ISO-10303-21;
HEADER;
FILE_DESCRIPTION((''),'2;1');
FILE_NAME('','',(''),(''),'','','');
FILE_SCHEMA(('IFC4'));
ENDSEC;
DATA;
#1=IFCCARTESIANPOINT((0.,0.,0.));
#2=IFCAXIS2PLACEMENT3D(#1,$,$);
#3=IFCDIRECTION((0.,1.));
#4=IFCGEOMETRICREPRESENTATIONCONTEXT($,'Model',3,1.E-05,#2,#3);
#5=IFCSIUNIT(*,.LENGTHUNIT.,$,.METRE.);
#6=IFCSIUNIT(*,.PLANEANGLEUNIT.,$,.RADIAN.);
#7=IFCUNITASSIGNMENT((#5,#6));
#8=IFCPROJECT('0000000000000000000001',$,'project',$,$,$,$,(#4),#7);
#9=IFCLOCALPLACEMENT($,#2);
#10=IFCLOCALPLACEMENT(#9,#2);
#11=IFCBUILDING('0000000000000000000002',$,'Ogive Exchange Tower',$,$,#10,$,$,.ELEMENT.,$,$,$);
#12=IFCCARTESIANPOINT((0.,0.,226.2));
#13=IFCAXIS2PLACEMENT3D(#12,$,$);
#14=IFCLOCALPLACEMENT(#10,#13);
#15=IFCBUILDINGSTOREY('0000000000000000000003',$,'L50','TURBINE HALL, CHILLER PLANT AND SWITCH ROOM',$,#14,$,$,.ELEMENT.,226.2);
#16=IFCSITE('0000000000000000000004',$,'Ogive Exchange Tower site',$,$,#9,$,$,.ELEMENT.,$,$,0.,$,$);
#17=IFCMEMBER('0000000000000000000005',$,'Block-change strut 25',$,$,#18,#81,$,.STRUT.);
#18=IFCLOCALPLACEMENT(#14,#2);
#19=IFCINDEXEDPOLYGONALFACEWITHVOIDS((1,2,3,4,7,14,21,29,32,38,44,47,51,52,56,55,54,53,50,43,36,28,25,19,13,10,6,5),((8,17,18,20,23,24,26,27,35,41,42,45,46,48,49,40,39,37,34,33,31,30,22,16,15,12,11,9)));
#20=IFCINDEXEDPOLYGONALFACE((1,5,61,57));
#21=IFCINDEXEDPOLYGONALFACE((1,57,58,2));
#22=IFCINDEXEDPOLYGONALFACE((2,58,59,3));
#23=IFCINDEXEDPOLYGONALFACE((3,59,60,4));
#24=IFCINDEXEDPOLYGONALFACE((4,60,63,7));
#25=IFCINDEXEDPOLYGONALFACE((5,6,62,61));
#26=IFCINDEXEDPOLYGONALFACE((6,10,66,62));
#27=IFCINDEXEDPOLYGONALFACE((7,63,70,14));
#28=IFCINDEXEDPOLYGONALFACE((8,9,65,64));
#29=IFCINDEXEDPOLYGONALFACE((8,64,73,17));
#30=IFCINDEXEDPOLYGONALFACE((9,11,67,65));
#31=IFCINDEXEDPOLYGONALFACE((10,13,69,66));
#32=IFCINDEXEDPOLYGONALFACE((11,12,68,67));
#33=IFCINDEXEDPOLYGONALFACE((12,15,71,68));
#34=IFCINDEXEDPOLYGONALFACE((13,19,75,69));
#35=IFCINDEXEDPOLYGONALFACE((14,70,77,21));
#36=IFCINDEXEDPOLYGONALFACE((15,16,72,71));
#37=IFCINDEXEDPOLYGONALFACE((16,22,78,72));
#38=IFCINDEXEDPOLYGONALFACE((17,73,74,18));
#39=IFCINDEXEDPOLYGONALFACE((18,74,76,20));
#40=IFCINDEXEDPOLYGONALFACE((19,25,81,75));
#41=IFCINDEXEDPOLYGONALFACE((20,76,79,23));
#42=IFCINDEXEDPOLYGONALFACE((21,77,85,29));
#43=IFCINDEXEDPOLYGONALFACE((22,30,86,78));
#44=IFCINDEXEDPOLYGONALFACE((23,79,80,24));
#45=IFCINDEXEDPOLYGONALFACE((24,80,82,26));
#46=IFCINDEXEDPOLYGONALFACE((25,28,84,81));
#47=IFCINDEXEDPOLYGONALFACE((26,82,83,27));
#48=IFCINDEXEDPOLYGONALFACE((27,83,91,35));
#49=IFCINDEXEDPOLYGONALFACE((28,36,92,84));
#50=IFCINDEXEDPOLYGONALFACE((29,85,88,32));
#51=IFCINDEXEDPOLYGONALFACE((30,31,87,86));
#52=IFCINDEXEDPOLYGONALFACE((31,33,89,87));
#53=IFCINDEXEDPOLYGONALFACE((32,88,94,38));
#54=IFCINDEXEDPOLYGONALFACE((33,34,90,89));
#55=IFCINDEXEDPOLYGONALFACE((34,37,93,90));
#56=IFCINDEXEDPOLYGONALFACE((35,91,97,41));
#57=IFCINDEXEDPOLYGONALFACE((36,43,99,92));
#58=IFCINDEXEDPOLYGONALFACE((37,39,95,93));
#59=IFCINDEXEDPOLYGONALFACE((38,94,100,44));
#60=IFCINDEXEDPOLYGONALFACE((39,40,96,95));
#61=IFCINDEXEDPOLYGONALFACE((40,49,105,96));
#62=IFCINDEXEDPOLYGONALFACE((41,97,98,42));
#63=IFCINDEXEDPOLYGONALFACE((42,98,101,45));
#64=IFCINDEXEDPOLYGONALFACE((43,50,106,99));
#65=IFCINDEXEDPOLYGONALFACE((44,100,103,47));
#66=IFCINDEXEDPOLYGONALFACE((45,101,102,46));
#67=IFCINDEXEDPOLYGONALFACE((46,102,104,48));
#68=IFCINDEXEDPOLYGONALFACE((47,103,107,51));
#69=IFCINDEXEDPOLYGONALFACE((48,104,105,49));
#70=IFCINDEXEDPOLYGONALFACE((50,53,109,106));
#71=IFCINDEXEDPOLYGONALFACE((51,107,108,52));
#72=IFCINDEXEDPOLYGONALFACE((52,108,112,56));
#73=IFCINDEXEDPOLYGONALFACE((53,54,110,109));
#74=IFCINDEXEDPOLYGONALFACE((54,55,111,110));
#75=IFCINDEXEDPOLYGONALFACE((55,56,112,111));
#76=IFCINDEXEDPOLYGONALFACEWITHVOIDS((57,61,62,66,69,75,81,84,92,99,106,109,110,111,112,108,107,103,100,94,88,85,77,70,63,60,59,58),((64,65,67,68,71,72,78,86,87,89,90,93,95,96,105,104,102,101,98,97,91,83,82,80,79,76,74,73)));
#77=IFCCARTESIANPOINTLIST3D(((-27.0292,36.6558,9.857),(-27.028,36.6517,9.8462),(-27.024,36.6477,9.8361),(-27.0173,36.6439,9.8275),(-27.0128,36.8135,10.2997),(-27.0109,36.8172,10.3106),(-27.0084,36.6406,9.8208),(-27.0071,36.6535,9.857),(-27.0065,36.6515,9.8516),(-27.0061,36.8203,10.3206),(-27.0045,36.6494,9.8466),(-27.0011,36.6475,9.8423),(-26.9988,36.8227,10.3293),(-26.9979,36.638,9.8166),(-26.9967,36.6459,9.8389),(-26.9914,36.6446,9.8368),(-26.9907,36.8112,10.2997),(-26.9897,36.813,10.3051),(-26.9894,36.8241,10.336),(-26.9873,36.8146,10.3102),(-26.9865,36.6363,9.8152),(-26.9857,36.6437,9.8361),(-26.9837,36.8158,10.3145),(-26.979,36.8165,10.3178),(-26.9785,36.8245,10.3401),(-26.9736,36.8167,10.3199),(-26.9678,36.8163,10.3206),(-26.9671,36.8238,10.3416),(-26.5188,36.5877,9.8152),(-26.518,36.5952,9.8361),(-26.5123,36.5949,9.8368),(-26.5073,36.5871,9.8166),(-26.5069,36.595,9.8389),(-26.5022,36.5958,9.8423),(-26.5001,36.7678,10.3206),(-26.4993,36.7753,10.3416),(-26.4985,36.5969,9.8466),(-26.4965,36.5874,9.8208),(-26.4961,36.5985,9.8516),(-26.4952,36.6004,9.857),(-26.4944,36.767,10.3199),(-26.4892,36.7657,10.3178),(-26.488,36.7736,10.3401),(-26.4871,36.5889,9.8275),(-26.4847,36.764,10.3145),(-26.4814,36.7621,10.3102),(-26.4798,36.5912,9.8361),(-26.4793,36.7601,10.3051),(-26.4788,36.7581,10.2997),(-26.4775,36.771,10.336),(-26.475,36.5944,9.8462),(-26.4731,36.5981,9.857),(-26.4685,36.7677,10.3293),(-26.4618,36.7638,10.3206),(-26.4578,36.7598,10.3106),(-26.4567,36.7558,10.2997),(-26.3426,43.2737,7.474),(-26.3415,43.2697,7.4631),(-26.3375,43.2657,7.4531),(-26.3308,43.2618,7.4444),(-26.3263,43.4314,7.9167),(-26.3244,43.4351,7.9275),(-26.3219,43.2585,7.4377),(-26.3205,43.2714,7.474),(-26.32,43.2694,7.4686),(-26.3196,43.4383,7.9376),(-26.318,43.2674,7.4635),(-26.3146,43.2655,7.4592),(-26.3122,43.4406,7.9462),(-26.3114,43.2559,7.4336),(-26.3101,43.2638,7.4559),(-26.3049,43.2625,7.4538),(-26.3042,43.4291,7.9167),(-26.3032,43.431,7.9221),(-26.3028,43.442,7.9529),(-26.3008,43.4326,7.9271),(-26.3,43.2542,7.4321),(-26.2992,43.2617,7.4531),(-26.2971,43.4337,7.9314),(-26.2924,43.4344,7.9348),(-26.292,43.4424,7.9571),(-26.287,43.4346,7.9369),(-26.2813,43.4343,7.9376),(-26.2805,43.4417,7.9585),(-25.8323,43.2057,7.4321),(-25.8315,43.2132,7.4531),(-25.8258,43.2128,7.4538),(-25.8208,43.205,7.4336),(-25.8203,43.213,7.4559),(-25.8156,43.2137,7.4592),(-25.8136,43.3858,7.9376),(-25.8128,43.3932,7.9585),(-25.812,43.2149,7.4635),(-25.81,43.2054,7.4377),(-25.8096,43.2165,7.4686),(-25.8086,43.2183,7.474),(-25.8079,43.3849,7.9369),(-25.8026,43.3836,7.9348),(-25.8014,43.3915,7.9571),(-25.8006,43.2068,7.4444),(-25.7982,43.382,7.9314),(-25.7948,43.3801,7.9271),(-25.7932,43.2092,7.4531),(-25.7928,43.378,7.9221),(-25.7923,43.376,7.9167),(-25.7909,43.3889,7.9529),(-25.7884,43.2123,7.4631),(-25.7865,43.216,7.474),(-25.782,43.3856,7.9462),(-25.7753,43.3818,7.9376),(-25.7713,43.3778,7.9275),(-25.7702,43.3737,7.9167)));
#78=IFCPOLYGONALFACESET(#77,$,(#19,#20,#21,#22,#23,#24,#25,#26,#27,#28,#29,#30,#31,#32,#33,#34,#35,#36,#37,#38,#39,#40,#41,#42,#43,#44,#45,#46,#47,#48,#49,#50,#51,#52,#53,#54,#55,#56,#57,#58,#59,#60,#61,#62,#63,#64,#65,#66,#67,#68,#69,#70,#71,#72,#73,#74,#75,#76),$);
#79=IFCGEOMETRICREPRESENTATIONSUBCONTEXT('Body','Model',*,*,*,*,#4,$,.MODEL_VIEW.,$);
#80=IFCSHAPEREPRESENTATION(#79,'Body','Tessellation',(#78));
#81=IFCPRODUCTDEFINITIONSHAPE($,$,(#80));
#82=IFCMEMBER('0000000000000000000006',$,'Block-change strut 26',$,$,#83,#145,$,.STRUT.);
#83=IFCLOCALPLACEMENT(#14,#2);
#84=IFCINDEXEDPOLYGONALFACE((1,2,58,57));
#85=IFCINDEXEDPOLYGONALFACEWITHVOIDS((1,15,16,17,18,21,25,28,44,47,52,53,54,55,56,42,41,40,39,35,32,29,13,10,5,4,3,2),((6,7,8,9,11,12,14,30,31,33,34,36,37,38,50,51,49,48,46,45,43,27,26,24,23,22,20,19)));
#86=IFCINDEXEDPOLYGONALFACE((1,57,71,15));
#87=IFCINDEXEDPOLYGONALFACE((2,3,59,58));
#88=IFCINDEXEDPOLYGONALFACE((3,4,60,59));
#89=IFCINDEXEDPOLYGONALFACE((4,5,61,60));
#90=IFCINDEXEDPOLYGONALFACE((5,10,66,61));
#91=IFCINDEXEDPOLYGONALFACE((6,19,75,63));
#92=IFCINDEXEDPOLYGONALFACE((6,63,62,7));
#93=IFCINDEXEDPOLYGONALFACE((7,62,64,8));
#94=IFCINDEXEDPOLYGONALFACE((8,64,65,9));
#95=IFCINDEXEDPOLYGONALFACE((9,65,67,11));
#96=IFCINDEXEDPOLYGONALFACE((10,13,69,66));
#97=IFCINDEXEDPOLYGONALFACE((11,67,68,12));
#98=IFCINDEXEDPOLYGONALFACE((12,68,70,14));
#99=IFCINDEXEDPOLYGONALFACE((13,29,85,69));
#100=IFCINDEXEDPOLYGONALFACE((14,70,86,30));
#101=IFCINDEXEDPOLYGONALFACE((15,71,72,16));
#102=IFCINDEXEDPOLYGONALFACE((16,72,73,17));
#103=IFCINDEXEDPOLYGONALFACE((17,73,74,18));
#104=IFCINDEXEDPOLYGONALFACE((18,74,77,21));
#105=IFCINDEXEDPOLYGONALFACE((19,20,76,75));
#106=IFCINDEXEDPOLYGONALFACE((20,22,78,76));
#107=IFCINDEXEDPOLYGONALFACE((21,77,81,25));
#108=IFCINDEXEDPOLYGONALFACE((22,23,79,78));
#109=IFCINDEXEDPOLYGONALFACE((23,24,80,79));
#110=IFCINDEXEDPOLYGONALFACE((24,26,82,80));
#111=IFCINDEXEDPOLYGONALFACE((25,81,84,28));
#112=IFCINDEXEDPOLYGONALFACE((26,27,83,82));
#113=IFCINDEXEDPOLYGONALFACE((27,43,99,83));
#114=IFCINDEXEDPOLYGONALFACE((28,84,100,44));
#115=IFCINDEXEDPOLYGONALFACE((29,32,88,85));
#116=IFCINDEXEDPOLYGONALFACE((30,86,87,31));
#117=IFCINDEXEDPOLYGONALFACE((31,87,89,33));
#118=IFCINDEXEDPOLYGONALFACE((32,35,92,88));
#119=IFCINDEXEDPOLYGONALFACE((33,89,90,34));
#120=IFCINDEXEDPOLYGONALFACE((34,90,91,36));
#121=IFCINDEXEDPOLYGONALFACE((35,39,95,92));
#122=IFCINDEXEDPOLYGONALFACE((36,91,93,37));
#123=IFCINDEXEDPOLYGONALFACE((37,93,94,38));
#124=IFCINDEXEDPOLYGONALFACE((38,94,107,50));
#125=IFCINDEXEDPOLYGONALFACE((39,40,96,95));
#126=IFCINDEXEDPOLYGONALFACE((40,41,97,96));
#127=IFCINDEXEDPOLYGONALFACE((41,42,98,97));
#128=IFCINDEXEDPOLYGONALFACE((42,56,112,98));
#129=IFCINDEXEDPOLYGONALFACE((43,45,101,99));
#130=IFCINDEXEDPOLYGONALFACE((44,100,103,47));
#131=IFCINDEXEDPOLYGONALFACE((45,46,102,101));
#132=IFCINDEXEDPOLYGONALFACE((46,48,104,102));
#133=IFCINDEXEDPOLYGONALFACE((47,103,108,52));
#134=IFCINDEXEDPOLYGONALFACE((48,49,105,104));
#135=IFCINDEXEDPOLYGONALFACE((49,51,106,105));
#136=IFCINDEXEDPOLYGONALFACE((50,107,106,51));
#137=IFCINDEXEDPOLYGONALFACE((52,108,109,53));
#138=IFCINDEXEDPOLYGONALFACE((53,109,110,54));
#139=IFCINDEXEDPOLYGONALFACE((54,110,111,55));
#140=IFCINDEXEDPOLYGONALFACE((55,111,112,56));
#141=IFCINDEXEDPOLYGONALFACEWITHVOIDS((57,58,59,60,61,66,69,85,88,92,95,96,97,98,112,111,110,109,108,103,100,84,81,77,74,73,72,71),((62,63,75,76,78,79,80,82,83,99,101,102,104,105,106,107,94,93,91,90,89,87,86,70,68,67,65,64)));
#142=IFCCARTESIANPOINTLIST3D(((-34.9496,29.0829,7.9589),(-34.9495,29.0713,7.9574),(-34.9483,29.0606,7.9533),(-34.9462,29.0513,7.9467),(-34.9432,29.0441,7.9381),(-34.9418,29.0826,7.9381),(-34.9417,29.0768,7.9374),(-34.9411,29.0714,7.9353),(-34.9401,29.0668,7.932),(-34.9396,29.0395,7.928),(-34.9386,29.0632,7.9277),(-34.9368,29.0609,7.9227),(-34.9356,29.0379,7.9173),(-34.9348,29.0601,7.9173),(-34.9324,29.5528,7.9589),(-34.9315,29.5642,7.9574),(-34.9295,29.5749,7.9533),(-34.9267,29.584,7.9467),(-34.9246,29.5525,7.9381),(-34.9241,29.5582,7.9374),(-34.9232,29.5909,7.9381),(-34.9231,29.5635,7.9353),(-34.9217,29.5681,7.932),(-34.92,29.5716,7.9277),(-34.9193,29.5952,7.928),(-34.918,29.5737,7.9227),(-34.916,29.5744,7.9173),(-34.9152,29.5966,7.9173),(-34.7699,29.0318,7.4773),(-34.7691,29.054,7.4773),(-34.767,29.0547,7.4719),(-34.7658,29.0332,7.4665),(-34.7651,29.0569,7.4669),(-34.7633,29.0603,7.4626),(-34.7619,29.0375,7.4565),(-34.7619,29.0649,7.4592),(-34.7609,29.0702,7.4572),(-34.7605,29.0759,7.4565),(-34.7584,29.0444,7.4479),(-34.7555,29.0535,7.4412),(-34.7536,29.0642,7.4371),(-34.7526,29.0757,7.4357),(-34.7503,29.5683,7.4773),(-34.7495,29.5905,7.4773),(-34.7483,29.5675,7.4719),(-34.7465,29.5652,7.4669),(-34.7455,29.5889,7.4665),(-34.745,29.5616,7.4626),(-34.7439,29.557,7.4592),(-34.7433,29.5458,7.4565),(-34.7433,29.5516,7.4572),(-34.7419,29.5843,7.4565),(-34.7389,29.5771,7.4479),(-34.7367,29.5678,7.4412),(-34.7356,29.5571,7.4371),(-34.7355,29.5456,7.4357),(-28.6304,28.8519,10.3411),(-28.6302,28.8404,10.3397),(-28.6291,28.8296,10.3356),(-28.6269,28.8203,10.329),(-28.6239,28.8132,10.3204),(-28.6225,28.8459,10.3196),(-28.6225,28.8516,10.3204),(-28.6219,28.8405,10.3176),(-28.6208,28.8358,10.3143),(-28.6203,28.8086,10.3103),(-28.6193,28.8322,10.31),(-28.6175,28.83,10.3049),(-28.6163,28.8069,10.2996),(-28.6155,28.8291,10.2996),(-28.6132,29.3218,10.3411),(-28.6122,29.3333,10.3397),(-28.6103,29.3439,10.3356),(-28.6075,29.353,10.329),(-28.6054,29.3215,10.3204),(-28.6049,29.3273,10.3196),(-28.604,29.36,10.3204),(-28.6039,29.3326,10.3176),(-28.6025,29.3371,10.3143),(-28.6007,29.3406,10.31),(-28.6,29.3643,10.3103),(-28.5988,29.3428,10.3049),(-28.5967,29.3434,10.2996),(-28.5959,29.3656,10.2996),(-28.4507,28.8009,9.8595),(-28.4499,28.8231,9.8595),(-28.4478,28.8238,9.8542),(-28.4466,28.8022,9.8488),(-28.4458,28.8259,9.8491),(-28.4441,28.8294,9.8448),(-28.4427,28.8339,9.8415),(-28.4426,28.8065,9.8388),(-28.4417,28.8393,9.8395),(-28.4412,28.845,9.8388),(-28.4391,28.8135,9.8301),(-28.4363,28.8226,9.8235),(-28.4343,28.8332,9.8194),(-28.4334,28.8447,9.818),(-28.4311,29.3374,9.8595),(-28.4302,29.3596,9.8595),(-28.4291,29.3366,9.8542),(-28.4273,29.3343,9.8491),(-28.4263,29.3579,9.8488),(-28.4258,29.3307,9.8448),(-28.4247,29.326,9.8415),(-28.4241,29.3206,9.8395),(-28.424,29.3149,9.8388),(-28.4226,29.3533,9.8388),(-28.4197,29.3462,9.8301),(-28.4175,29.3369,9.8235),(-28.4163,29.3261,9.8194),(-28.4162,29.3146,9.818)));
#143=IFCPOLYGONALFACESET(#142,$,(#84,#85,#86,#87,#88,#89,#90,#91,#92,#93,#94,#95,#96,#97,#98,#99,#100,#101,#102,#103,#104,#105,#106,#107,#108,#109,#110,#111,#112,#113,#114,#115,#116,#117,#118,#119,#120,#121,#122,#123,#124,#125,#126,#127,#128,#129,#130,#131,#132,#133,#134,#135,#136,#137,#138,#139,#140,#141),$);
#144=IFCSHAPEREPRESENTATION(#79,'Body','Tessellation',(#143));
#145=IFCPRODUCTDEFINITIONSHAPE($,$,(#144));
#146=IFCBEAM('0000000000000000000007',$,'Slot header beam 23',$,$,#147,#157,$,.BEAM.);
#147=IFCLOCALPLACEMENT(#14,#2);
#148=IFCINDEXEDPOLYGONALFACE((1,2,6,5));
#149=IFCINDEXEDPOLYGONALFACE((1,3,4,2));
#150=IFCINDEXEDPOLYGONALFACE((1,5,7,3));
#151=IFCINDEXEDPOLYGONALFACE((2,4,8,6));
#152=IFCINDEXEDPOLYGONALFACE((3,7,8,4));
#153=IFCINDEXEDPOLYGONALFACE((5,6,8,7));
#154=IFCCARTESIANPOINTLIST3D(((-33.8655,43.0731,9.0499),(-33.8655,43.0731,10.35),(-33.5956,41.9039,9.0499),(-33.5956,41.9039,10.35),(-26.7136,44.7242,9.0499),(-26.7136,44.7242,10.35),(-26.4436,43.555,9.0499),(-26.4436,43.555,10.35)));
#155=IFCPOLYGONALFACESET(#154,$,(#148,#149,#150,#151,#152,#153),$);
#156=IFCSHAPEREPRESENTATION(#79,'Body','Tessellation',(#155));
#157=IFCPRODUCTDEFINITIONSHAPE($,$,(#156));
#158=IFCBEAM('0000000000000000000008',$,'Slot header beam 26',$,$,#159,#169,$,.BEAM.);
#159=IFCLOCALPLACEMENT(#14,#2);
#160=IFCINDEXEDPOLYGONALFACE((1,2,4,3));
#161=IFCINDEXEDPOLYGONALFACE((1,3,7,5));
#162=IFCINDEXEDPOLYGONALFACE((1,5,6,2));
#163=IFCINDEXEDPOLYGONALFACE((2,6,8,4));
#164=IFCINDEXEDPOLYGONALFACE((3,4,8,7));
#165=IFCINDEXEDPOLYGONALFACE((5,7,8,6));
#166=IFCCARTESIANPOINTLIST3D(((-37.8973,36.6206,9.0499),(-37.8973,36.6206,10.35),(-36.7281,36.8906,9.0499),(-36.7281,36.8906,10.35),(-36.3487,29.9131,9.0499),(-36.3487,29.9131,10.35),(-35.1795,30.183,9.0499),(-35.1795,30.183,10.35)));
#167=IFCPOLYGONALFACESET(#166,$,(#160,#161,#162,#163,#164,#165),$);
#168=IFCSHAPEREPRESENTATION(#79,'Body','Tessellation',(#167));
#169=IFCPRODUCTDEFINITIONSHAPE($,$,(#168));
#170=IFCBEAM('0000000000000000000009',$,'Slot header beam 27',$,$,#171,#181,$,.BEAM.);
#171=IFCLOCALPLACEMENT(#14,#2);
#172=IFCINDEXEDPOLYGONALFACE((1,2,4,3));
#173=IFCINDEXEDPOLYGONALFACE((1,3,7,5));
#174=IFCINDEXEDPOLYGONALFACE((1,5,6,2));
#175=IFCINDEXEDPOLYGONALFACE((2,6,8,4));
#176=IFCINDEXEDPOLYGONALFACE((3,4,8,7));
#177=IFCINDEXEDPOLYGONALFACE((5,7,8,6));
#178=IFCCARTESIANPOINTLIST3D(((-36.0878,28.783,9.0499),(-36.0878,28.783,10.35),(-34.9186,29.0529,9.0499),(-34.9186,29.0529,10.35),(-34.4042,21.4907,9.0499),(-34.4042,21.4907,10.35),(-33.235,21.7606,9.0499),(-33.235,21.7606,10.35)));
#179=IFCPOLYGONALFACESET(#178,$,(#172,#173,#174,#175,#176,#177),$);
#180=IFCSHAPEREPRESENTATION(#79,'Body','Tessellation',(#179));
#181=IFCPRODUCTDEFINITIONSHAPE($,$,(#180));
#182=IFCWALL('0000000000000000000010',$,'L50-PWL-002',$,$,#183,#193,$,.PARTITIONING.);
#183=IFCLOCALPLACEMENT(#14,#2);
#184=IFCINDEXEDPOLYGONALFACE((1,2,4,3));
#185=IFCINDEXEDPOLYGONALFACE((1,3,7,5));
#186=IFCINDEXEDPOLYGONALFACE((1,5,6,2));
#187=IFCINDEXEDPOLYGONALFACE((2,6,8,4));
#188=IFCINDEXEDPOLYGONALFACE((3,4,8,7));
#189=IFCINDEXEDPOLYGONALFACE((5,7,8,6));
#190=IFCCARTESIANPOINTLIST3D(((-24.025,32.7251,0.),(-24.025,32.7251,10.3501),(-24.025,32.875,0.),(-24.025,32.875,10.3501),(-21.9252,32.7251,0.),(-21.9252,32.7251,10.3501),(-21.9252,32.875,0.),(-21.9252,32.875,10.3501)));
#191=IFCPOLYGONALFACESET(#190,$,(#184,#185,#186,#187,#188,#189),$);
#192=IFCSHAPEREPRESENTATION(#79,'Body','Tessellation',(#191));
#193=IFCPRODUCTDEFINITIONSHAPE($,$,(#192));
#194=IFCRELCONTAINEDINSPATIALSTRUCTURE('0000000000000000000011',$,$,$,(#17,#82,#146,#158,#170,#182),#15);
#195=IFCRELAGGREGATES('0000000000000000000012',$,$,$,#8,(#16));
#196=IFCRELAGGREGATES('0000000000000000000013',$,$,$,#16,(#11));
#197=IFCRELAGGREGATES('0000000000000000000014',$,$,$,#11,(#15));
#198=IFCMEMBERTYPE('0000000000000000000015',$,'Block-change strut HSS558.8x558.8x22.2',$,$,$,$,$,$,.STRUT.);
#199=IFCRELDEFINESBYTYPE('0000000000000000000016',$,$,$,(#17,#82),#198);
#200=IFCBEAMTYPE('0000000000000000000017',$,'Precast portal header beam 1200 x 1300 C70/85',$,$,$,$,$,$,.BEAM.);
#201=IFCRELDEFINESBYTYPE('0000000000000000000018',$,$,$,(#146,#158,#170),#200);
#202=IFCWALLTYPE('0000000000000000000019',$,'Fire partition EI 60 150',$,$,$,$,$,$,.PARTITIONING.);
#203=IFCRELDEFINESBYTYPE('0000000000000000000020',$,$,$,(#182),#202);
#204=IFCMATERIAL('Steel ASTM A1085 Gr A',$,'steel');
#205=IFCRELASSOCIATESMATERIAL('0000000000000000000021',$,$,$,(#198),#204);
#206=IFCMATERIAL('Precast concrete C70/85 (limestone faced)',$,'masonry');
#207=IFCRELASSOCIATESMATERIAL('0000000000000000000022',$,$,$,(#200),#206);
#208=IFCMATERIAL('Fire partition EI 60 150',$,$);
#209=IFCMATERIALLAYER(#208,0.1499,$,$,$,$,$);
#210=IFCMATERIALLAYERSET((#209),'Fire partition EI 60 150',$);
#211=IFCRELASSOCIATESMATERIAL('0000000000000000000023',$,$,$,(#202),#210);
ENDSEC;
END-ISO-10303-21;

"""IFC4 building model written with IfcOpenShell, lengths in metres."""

from ifc_helpers import new_model, si_unit, direction, frame, frame_2d, origin, origin_2d, place, context, subcontext, project, spatial, rectangle, hollow_rectangle, extrude, material, layer, layer_set, material_profile, profile_set, type_object, element, save


model = new_model("IFC4")

# Units and contexts
model_context = context("Model", 3, precision=1e-05, world=origin(), true_north=direction((0.0, 1.0)))
body_context = subcontext(model_context, "Body", "Model", "MODEL_VIEW")
ifc_project = project(units=[si_unit("LENGTHUNIT", "METRE"), si_unit("PLANEANGLEUNIT", "RADIAN")], contexts=[model_context])

# Site, building, storey
site_placement = place(None, origin())
site = spatial("IfcSite", under=ifc_project, at=site_placement, Name="Ogive Exchange Tower site", CompositionType="ELEMENT", RefElevation=0.0)
building_placement = place(site_placement, origin())
building = spatial("IfcBuilding", under=site, at=building_placement, Name="Ogive Exchange Tower", CompositionType="ELEMENT")
storey_placement = place(building_placement, frame((0.0, 0.0, 226.2)))
storey = spatial("IfcBuildingStorey", under=building, at=storey_placement, Name="L50", Description="TURBINE HALL, CHILLER PLANT AND SWITCH ROOM", CompositionType="ELEMENT", Elevation=226.2)

# Shared definitions
ifc_material_1 = material(Name="Precast concrete C70/85 (limestone faced)", Category="masonry")

# Members
ifc_material_2 = material(Name="Steel ASTM A1085 Gr A", Category="steel")
ifc_material_profile_1 = material_profile(ifc_material_2, hollow_rectangle(XDim=0.5591, YDim=0.5591, WallThickness=0.0222, InnerFilletRadius=0.0222, OuterFilletRadius=0.0444, at=origin_2d()), Name="HSS558.8x558.8x22.2")
ifc_profile_set_1 = profile_set([ifc_material_profile_1], Name="Steel ASTM A1085 Gr A")
member_type_1 = type_object("IfcMemberType", Name="Block-change strut HSS558.8x558.8x22.2", PredefinedType="STRUT", material=ifc_profile_set_1)
member_1_placement = place(storey_placement, frame((-26.0564, 43.3237, 7.6953), z_axis=(-0.09714, -0.93641, 0.337193), x_axis=(0.994662, -0.103183, 0.0)))
element("IfcMember", 1, at=member_1_placement, inside=storey, type_object=member_type_1, Name="Block-change strut 25", PredefinedType="STRUT", context=body_context, shape_type="SweptSolid", body=[
    extrude(hollow_rectangle(XDim=0.5591, YDim=0.5591, WallThickness=0.0222, InnerFilletRadius=0.0222, OuterFilletRadius=0.0444, at=origin_2d()), origin(), (0.0, 0.0, 1.0), 7.0674),
])
member_2_placement = place(storey_placement, frame((-34.8425, 29.3142, 7.6973), z_axis=(0.935169, -0.034178, 0.352549), x_axis=(0.036523, 0.999333, 0.0)))
element("IfcMember", 2, at=member_2_placement, inside=storey, type_object=member_type_1, Name="Block-change strut 26", PredefinedType="STRUT", context=body_context, shape_type="SweptSolid", body=[
    extrude(hollow_rectangle(XDim=0.5591, YDim=0.5591, WallThickness=0.0222, InnerFilletRadius=0.0222, OuterFilletRadius=0.0444, at=origin_2d()), origin(), (0.0, 0.0, 1.0), 6.7573),
])

# Beams
ifc_material_profile_2 = material_profile(ifc_material_1, rectangle(XDim=1.2, YDim=1.3, at=origin_2d()), Name="1200 x 1300")
ifc_profile_set_2 = profile_set([ifc_material_profile_2], Name="Precast concrete C70/85 (limestone faced)")
beam_type_1 = type_object("IfcBeamType", Name="Precast portal header beam 1200 x 1300 C70/85", PredefinedType="BEAM", material=ifc_profile_set_2)
beam_1_placement = place(storey_placement, frame((-26.5786, 44.1396, 9.7), z_axis=(-0.97437, -0.224949, 0.0), x_axis=(0.224949, -0.97437, 0.0)))
element("IfcBeam", 3, at=beam_1_placement, inside=storey, type_object=beam_type_1, Name="Slot header beam 23", PredefinedType="BEAM", context=body_context, shape_type="SweptSolid", body=[
    extrude(rectangle(XDim=1.2, YDim=1.3, at=origin_2d()), origin(), (0.0, 0.0, 1.0), 7.3401),
])
beam_2_placement = place(storey_placement, frame((-37.3127, 36.7556, 9.7), z_axis=(0.224955, -0.974369, 0.0), x_axis=(0.974369, 0.224955, 0.0)))
element("IfcBeam", 4, at=beam_2_placement, inside=storey, type_object=beam_type_1, Name="Slot header beam 26", PredefinedType="BEAM", context=body_context, shape_type="SweptSolid", body=[
    extrude(rectangle(XDim=1.2, YDim=1.3, at=origin_2d()), origin(), (0.0, 0.0, 1.0), 6.884),
])
beam_3_placement = place(storey_placement, frame((-35.5032, 28.918, 9.7), z_axis=(0.224957, -0.974369, 0.0), x_axis=(0.974369, 0.224957, 0.0)))
element("IfcBeam", 5, at=beam_3_placement, inside=storey, type_object=beam_type_1, Name="Slot header beam 27", PredefinedType="BEAM", context=body_context, shape_type="SweptSolid", body=[
    extrude(rectangle(XDim=1.2, YDim=1.3, at=origin_2d()), origin(), (0.0, 0.0, 1.0), 7.4841),
])

# Wall
ifc_material_3 = material(Name="Fire partition EI 60 150")
ifc_layer_1 = layer(ifc_material_3, 0.1499)
ifc_layer_set_1 = layer_set([ifc_layer_1], Name="Fire partition EI 60 150")
wall_type_1 = type_object("IfcWallType", Name="Fire partition EI 60 150", PredefinedType="PARTITIONING", material=ifc_layer_set_1)
wall_1_placement = place(storey_placement, frame((-24.0249, 32.8, 0.0), z_axis=(0.0, 0.0, 1.0), x_axis=(1.0, 0.0, 0.0)))
element("IfcWall", 6, at=wall_1_placement, inside=storey, type_object=wall_type_1, Name="L50-PWL-002", PredefinedType="PARTITIONING", context=body_context, shape_type="SweptSolid", body=[
    extrude(rectangle(XDim=2.0999, YDim=0.1499, at=frame_2d((1.0498, 0.0))), origin(), (0.0, 0.0, 1.0), 10.3501),
])

save(model, "model.ifc")
